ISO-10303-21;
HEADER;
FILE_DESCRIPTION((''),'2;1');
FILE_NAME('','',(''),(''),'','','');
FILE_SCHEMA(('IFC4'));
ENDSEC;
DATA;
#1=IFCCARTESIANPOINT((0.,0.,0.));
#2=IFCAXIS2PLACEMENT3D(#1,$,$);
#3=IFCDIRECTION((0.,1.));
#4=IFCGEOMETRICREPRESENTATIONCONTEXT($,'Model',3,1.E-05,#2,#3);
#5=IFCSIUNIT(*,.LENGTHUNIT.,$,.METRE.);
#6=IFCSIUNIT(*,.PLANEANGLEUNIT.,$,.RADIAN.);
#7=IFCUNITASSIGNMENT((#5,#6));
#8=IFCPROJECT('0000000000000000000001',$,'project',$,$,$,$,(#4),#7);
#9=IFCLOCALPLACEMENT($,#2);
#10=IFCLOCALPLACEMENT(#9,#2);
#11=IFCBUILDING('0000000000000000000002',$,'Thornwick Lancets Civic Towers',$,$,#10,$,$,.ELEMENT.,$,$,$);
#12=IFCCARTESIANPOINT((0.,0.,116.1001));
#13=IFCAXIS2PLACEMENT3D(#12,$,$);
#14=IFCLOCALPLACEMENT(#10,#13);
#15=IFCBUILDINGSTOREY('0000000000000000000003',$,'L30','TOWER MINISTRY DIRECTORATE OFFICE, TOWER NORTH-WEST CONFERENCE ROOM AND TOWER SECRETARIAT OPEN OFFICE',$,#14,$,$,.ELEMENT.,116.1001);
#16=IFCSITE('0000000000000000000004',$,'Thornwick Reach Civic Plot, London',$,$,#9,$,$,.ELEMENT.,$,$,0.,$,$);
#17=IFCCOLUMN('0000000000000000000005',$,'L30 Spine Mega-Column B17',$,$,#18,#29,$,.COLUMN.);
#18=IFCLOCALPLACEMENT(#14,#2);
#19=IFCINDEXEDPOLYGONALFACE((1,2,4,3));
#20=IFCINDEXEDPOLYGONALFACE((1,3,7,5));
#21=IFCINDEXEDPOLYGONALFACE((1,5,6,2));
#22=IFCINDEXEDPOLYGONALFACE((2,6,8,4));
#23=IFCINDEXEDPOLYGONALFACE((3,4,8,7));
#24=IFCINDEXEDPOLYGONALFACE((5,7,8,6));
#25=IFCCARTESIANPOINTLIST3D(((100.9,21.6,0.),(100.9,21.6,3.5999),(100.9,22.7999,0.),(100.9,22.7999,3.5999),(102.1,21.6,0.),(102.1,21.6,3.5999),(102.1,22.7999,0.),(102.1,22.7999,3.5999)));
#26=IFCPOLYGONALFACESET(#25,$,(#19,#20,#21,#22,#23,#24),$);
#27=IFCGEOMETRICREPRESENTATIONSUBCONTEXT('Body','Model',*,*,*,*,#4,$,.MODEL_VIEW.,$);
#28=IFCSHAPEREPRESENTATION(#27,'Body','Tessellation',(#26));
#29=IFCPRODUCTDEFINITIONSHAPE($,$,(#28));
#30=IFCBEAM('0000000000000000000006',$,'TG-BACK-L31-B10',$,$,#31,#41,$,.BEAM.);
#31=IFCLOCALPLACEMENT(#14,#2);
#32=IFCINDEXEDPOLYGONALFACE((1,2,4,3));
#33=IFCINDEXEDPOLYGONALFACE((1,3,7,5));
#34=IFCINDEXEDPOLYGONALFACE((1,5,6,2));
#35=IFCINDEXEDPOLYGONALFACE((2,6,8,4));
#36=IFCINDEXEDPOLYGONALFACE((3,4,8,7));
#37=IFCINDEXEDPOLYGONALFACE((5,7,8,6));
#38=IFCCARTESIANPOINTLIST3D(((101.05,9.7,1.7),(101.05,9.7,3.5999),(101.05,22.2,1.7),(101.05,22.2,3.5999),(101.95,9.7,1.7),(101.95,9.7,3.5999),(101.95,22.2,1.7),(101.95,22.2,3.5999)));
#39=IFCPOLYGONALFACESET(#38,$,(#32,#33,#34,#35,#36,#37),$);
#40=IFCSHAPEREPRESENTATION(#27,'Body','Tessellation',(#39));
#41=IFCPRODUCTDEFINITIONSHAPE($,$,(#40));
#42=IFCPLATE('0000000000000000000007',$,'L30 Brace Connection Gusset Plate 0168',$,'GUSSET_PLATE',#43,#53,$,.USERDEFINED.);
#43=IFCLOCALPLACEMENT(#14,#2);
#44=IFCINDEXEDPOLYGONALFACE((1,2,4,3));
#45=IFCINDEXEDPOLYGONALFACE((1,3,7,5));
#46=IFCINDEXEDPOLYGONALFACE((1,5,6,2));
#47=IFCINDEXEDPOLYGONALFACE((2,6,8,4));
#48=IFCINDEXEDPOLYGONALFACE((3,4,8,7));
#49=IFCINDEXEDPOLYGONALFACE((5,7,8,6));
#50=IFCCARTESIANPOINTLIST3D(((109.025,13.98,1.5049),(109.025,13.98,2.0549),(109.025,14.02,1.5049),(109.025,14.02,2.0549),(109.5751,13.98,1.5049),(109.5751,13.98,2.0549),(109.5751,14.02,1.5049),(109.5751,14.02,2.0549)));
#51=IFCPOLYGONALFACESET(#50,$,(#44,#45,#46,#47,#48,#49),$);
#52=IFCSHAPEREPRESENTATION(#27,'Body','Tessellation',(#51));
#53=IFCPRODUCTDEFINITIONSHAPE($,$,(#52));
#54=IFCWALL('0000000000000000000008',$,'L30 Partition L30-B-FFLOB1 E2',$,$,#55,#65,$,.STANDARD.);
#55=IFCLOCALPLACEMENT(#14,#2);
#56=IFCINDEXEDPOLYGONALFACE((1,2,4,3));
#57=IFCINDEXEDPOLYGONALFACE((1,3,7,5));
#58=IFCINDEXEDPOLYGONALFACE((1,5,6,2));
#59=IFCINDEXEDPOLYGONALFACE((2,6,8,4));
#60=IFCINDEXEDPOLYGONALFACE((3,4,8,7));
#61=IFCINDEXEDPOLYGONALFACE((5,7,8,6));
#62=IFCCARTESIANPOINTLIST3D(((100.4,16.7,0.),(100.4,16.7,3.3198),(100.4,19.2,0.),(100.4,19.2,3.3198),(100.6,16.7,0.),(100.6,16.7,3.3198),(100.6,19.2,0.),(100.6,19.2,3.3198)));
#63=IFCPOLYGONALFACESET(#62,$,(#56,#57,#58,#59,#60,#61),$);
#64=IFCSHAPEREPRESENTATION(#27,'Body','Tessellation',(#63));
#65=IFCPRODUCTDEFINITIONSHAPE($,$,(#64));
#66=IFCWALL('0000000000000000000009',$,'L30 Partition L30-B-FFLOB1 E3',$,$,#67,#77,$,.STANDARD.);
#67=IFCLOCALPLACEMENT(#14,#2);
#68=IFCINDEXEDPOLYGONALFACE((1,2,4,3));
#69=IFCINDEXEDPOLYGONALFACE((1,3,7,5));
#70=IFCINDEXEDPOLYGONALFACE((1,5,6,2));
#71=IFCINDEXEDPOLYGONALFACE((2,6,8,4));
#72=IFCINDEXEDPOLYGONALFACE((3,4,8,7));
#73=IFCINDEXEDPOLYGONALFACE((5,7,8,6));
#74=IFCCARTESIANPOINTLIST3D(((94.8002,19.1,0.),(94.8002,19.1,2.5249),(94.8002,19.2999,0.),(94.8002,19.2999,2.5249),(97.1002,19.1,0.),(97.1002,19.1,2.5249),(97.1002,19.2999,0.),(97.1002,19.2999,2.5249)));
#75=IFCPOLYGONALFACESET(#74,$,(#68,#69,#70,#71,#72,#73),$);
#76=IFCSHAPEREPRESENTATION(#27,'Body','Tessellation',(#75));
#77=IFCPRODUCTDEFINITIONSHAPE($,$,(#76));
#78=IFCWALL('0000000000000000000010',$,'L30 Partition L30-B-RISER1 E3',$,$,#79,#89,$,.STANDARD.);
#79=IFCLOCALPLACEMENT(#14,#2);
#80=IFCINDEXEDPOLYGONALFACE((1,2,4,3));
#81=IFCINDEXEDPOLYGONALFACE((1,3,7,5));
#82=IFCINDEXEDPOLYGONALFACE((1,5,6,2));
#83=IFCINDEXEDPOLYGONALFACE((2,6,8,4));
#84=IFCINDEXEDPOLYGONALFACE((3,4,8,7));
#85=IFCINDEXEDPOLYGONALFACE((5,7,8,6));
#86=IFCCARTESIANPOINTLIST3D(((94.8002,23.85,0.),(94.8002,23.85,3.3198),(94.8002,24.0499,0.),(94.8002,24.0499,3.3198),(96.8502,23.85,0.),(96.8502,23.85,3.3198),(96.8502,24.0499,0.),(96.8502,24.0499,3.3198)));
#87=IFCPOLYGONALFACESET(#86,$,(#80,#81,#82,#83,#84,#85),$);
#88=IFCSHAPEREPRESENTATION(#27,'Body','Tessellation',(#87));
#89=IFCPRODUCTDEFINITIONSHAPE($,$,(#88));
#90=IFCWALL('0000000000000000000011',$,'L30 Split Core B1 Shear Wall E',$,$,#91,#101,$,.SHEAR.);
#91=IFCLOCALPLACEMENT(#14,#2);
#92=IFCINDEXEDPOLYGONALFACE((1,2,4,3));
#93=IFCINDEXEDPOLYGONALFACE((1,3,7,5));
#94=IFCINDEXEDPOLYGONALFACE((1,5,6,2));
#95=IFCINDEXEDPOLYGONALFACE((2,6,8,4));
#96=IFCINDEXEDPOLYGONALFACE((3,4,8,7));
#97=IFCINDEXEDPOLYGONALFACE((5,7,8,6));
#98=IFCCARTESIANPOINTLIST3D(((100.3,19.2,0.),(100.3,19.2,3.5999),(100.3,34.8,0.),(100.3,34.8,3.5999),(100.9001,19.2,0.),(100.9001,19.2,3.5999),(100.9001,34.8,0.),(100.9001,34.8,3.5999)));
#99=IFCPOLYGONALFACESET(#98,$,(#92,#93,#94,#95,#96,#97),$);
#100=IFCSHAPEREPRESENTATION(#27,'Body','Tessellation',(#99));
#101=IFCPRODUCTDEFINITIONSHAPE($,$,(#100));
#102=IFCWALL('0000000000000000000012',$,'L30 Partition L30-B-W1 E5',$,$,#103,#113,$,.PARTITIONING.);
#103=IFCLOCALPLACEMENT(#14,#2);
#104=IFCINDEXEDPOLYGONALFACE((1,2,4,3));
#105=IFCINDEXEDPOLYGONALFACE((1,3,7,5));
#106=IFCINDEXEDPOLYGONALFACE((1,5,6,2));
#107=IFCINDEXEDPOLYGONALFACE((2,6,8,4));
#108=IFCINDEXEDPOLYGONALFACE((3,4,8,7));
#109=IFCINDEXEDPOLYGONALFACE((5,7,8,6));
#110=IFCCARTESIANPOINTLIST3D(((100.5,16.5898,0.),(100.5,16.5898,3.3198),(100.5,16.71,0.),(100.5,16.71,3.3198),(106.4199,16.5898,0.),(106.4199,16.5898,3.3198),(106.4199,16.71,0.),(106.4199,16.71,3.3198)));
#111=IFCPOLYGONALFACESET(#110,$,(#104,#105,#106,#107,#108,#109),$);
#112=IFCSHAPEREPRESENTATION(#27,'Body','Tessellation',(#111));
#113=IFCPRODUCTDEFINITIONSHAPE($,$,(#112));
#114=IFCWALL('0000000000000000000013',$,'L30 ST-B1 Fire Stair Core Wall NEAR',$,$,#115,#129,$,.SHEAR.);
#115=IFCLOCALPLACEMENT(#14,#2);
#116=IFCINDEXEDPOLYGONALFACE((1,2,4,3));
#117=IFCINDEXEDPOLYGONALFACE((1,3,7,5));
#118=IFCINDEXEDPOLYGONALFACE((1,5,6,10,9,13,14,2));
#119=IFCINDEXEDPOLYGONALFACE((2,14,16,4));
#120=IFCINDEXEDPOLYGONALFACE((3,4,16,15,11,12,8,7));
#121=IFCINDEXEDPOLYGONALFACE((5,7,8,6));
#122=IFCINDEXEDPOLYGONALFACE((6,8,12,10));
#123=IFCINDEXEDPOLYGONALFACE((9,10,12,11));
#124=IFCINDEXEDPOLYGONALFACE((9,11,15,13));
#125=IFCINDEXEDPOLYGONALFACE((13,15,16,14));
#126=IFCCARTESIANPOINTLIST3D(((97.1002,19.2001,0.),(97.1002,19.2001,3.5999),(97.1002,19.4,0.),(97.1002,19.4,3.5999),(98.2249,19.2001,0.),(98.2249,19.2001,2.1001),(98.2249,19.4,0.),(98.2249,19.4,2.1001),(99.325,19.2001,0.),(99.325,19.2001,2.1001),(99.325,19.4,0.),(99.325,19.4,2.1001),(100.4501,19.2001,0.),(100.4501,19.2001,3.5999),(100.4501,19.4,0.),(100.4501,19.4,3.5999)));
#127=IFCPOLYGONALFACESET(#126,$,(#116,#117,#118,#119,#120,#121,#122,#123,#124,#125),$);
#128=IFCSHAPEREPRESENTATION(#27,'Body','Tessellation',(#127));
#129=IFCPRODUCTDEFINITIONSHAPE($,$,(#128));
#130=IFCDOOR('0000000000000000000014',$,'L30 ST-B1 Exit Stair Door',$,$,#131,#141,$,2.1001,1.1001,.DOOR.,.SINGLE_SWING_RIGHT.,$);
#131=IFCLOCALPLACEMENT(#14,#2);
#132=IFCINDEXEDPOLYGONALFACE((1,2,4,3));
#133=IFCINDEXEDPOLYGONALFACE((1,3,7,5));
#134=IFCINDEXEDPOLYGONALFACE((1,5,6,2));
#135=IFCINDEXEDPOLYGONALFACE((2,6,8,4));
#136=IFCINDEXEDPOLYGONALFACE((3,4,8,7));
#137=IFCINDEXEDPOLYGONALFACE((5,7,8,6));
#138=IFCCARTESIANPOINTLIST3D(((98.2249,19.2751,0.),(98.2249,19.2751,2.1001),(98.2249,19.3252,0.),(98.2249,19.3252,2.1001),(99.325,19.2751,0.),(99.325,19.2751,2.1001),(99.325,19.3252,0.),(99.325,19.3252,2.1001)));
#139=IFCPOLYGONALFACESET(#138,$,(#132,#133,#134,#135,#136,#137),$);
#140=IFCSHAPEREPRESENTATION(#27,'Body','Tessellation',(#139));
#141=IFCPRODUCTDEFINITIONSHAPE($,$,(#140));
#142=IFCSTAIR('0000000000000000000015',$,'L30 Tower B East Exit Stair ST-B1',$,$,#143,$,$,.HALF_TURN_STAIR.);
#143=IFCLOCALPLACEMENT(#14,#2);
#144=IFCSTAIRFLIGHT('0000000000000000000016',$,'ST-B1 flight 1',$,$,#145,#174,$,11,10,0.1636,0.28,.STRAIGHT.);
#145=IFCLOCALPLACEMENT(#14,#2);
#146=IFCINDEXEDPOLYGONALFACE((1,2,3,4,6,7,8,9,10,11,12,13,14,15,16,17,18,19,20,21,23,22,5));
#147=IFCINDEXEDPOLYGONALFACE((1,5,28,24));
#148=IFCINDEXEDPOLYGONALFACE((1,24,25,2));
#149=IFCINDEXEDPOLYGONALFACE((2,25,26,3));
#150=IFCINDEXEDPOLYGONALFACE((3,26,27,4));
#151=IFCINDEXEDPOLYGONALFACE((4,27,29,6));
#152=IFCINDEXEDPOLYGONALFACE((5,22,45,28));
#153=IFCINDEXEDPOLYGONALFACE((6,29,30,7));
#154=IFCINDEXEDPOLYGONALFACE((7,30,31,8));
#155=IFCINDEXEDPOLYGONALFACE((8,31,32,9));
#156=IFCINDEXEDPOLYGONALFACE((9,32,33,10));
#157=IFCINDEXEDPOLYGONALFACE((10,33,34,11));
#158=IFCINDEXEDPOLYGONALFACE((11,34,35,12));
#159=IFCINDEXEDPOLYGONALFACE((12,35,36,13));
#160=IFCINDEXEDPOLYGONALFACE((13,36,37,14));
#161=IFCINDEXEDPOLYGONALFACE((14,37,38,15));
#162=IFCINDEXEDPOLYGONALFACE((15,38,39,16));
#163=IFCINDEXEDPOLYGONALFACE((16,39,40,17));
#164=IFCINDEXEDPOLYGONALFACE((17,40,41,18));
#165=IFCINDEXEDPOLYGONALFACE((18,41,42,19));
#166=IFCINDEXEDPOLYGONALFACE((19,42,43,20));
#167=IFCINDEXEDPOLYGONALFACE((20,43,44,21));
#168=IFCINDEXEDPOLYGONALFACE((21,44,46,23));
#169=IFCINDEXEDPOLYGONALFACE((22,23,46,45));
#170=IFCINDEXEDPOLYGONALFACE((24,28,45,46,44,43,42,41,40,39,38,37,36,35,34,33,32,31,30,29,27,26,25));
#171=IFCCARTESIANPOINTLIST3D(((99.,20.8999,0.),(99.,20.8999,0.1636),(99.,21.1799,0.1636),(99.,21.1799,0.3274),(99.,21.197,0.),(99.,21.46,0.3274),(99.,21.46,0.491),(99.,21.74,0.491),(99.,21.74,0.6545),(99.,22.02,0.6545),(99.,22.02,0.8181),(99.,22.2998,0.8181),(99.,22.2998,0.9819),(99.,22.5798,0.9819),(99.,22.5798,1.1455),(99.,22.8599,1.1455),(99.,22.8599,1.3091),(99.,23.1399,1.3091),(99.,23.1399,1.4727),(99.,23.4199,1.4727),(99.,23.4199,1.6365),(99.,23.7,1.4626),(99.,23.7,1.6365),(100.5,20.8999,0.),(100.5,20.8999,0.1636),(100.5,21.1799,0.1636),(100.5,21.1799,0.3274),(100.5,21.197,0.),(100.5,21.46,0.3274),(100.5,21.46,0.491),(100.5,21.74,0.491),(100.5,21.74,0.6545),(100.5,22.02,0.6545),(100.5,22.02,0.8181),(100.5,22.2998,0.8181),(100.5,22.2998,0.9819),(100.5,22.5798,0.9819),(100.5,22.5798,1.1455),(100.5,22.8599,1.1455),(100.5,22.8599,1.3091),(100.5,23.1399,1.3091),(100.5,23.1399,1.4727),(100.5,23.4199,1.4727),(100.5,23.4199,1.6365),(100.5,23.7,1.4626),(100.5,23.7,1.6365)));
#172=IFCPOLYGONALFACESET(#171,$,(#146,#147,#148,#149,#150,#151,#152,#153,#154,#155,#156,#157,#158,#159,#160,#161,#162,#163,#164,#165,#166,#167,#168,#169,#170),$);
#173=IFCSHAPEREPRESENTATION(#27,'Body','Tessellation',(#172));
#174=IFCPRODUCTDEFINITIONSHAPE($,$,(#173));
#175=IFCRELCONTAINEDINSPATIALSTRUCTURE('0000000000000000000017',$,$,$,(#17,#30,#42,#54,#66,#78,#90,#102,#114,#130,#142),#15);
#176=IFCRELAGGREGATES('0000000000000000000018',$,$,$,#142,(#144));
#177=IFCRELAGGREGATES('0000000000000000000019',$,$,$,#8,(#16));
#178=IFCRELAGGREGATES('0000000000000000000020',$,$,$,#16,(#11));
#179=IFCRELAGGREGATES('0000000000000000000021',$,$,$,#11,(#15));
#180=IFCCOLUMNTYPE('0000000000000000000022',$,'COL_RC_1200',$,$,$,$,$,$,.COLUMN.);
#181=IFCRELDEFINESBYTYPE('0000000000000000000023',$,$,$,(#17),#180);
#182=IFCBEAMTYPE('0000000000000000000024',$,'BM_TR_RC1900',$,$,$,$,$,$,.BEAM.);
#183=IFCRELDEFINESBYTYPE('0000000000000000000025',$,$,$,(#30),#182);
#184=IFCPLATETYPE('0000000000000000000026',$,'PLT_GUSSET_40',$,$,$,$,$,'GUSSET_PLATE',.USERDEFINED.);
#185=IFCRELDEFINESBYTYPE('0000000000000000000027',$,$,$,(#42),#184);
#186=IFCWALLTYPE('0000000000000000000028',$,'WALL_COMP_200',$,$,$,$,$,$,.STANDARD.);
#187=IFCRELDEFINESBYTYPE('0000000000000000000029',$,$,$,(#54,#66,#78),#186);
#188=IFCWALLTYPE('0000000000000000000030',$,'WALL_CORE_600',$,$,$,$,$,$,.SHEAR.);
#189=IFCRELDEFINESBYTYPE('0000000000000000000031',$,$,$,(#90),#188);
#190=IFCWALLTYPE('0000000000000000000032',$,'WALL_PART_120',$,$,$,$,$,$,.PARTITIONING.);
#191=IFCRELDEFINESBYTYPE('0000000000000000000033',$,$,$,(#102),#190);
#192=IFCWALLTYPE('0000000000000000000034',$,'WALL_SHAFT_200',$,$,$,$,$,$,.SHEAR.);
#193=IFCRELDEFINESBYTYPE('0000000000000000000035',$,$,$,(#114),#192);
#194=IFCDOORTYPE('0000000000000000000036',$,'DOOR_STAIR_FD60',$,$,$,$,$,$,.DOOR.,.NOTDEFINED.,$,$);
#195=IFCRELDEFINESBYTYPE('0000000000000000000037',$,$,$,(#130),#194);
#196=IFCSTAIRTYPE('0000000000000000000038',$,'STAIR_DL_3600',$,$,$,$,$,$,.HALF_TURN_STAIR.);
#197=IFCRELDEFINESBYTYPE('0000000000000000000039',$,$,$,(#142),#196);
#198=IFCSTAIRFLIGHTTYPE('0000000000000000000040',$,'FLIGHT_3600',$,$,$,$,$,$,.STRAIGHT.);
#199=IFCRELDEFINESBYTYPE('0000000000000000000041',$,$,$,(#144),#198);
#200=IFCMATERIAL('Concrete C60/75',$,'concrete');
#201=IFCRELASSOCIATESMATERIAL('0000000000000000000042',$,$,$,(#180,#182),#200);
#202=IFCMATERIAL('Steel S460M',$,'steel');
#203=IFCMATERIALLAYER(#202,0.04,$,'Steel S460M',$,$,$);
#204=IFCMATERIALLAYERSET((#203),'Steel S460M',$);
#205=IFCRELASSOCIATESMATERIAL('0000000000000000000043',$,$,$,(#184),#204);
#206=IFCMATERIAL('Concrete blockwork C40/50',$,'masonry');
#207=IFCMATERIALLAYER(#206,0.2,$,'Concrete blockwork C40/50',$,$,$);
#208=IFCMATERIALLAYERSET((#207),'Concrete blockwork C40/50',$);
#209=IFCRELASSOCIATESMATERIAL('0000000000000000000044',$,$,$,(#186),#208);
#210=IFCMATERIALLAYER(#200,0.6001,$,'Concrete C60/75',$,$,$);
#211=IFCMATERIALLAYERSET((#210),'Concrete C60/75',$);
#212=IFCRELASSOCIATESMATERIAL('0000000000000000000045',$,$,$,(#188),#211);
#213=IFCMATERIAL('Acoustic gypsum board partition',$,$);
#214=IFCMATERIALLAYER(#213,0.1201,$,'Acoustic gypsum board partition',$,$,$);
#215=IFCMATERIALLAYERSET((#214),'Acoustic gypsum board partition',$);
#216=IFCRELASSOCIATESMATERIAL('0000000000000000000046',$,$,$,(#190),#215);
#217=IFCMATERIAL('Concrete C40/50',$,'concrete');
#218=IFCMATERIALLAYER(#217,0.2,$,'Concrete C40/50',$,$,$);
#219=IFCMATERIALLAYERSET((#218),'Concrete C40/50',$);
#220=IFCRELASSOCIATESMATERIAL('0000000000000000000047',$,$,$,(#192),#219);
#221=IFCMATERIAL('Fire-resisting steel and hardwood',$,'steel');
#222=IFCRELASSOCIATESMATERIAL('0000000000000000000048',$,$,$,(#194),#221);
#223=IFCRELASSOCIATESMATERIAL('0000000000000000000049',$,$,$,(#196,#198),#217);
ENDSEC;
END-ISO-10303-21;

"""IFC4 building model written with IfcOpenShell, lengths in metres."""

from ifc_helpers import new_model, si_unit, direction, frame, frame_2d, origin, origin_2d, place, context, subcontext, project, spatial, polyline, rectangle, outline, extrude, material, layer, layer_set, material_profile, profile_set, type_object, element, fill, aggregate, save


model = new_model("IFC4")

# Units and contexts
model_context = context("Model", 3, precision=1e-05, world=origin(), true_north=direction((0.0, 1.0)))
body_context = subcontext(model_context, "Body", "Model", "MODEL_VIEW")
ifc_project = project(units=[si_unit("LENGTHUNIT", "METRE"), si_unit("PLANEANGLEUNIT", "RADIAN")], contexts=[model_context])

# Site, building, storey
site_placement = place(None, origin())
site = spatial("IfcSite", under=ifc_project, at=site_placement, Name="Thornwick Reach Civic Plot, London", CompositionType="ELEMENT", RefElevation=0.0)
building_placement = place(site_placement, origin())
building = spatial("IfcBuilding", under=site, at=building_placement, Name="Thornwick Lancets Civic Towers", CompositionType="ELEMENT")
storey_placement = place(building_placement, frame((0.0, 0.0, 116.1001)))
storey = spatial("IfcBuildingStorey", under=building, at=storey_placement, Name="L30", Description="TOWER MINISTRY DIRECTORATE OFFICE, TOWER NORTH-WEST CONFERENCE ROOM AND TOWER SECRETARIAT OPEN OFFICE", CompositionType="ELEMENT", Elevation=116.1001)

# Column
ifc_material_1 = material(Name="Concrete C60/75", Category="concrete")
ifc_material_profile_1 = material_profile(ifc_material_1, rectangle(XDim=1.2, YDim=1.2, at=origin_2d()), Name="RC 1200x1200")
ifc_profile_set_1 = profile_set([ifc_material_profile_1], Name="Concrete C60/75")
column_type = type_object("IfcColumnType", Name="COL_RC_1200", PredefinedType="COLUMN", material=ifc_profile_set_1)
column_placement = place(storey_placement, frame((101.5, 22.2, 0.0), z_axis=(0.0, 0.0, 1.0), x_axis=(1.0, 0.0, 0.0)))
element("IfcColumn", 1, at=column_placement, inside=storey, type_object=column_type, Name="L30 Spine Mega-Column B17", PredefinedType="COLUMN", context=body_context, shape_type="SweptSolid", body=[
    extrude(rectangle(XDim=1.2, YDim=1.2, at=origin_2d()), origin(), (0.0, 0.0, 1.0), 3.5999),
])

# Beam
ifc_material_profile_2 = material_profile(ifc_material_1, rectangle(XDim=0.8999, YDim=1.8999, at=origin_2d()), Name="RC 900x1900")
ifc_profile_set_2 = profile_set([ifc_material_profile_2], Name="Concrete C60/75")
beam_type = type_object("IfcBeamType", Name="BM_TR_RC1900", PredefinedType="BEAM", material=ifc_profile_set_2)
beam_placement = place(storey_placement, frame((101.5, 22.2, 2.6499), z_axis=(0.0, -1.0, 0.0), x_axis=(1.0, 0.0, 0.0)))
element("IfcBeam", 2, at=beam_placement, inside=storey, type_object=beam_type, Name="TG-BACK-L31-B10", PredefinedType="BEAM", context=body_context, shape_type="SweptSolid", body=[
    extrude(rectangle(XDim=0.8999, YDim=1.8999, at=origin_2d()), origin(), (0.0, 0.0, 1.0), 12.5),
])

# Plate
ifc_material_2 = material(Name="Steel S460M", Category="steel")
ifc_layer_1 = layer(ifc_material_2, 0.04, Name="Steel S460M")
ifc_layer_set_1 = layer_set([ifc_layer_1], Name="Steel S460M")
plate_type = type_object("IfcPlateType", Name="PLT_GUSSET_40", ElementType="GUSSET_PLATE", PredefinedType="USERDEFINED", material=ifc_layer_set_1)
plate_placement = place(storey_placement, frame((109.3, 14.0, 1.5049), z_axis=(0.0, 0.0, 1.0), x_axis=(1.0, 0.0, 0.0)))
element("IfcPlate", 3, at=plate_placement, inside=storey, type_object=plate_type, Name="L30 Brace Connection Gusset Plate 0168", ObjectType="GUSSET_PLATE", PredefinedType="USERDEFINED", context=body_context, shape_type="SweptSolid", body=[
    extrude(rectangle(XDim=0.55, YDim=0.04, at=origin_2d()), origin(), (0.0, 0.0, 1.0), 0.55),
])

# Walls
ifc_material_3 = material(Name="Concrete blockwork C40/50", Category="masonry")
ifc_layer_2 = layer(ifc_material_3, 0.2, Name="Concrete blockwork C40/50")
ifc_layer_set_2 = layer_set([ifc_layer_2], Name="Concrete blockwork C40/50")
wall_type_1 = type_object("IfcWallType", Name="WALL_COMP_200", PredefinedType="STANDARD", material=ifc_layer_set_2)
wall_1_placement = place(storey_placement, frame((100.5, 16.7, 0.0), z_axis=(0.0, 0.0, 1.0), x_axis=(0.0, 1.0, 0.0)))
element("IfcWall", 4, at=wall_1_placement, inside=storey, type_object=wall_type_1, Name="L30 Partition L30-B-FFLOB1 E2", PredefinedType="STANDARD", context=body_context, shape_type="SweptSolid", body=[
    extrude(rectangle(XDim=2.5, YDim=0.2, at=frame_2d((1.25, 0.0))), origin(), (0.0, 0.0, 1.0), 3.3198),
])
wall_2_placement = place(storey_placement, frame((97.1001, 19.2, 0.0), z_axis=(0.0, 0.0, 1.0), x_axis=(-1.0, 0.0, 0.0)))
element("IfcWall", 5, at=wall_2_placement, inside=storey, type_object=wall_type_1, Name="L30 Partition L30-B-FFLOB1 E3", PredefinedType="STANDARD", context=body_context, shape_type="SweptSolid", body=[
    extrude(rectangle(XDim=2.3, YDim=0.2, at=frame_2d((1.1499, 0.0))), origin(), (0.0, 0.0, 1.0), 2.5249),
])
wall_3_placement = place(storey_placement, frame((96.8501, 23.95, 0.0), z_axis=(0.0, 0.0, 1.0), x_axis=(-1.0, 0.0, 0.0)))
element("IfcWall", 6, at=wall_3_placement, inside=storey, type_object=wall_type_1, Name="L30 Partition L30-B-RISER1 E3", PredefinedType="STANDARD", context=body_context, shape_type="SweptSolid", body=[
    extrude(rectangle(XDim=2.05, YDim=0.2, at=frame_2d((1.0249, 0.0))), origin(), (0.0, 0.0, 1.0), 3.3198),
])
ifc_layer_3 = layer(ifc_material_1, 0.6001, Name="Concrete C60/75")
ifc_layer_set_3 = layer_set([ifc_layer_3], Name="Concrete C60/75")
wall_type_2 = type_object("IfcWallType", Name="WALL_CORE_600", PredefinedType="SHEAR", material=ifc_layer_set_3)
wall_4_placement = place(storey_placement, frame((100.6001, 19.2, 0.0), z_axis=(0.0, 0.0, 1.0), x_axis=(0.0, 1.0, 0.0)))
element("IfcWall", 7, at=wall_4_placement, inside=storey, type_object=wall_type_2, Name="L30 Split Core B1 Shear Wall E", PredefinedType="SHEAR", context=body_context, shape_type="SweptSolid", body=[
    extrude(rectangle(XDim=15.6001, YDim=0.6001, at=frame_2d((7.8, 0.0))), origin(), (0.0, 0.0, 1.0), 3.5999),
])
ifc_material_4 = material(Name="Acoustic gypsum board partition")
ifc_layer_4 = layer(ifc_material_4, 0.1201, Name="Acoustic gypsum board partition")
ifc_layer_set_4 = layer_set([ifc_layer_4], Name="Acoustic gypsum board partition")
wall_type_3 = type_object("IfcWallType", Name="WALL_PART_120", PredefinedType="PARTITIONING", material=ifc_layer_set_4)
wall_5_placement = place(storey_placement, frame((100.5, 16.6499, 0.0), z_axis=(0.0, 0.0, 1.0), x_axis=(1.0, 0.0, 0.0)))
element("IfcWall", 8, at=wall_5_placement, inside=storey, type_object=wall_type_3, Name="L30 Partition L30-B-W1 E5", PredefinedType="PARTITIONING", context=body_context, shape_type="SweptSolid", body=[
    extrude(rectangle(XDim=5.9199, YDim=0.1201, at=frame_2d((2.96, 0.0))), origin(), (0.0, 0.0, 1.0), 3.3198),
])

# Wall, opening, door
ifc_material_5 = material(Name="Concrete C40/50", Category="concrete")
ifc_layer_5 = layer(ifc_material_5, 0.2, Name="Concrete C40/50")
ifc_layer_set_5 = layer_set([ifc_layer_5], Name="Concrete C40/50")
wall_type_4 = type_object("IfcWallType", Name="WALL_SHAFT_200", PredefinedType="SHEAR", material=ifc_layer_set_5)
wall_6_placement = place(storey_placement, frame((100.45, 19.3, 0.0), z_axis=(0.0, 0.0, 1.0), x_axis=(-1.0, 0.0, 0.0)))
wall_6 = element("IfcWall", 9, at=wall_6_placement, inside=storey, type_object=wall_type_4, Name="L30 ST-B1 Fire Stair Core Wall NEAR", PredefinedType="SHEAR", context=body_context, shape_type="SweptSolid", body=[
    extrude(rectangle(XDim=3.3499, YDim=0.2, at=frame_2d((1.6748, 0.0))), origin(), (0.0, 0.0, 1.0), 3.5999),
])
opening_placement = place(wall_6_placement, frame((1.125, 0.0, 0.0)))
opening = element("IfcOpeningElement", 10, at=opening_placement, cuts=wall_6, PredefinedType="OPENING", context=body_context, shape_type="SweptSolid", body=[
    extrude(rectangle(XDim=1.1001, YDim=2.1001, at=frame_2d((0.55, 1.05))), frame((0.0, 0.1099, 0.0), z_axis=(0.0, -1.0, 0.0), x_axis=(1.0, 0.0, 0.0)), (0.0, 0.0, 1.0), 0.22),
])
ifc_material_6 = material(Name="Fire-resisting steel and hardwood", Category="steel")
door_type = type_object("IfcDoorType", Name="DOOR_STAIR_FD60", OperationType="NOTDEFINED", PredefinedType="DOOR", material=ifc_material_6)
door_placement = place(opening_placement, origin())
door = element("IfcDoor", 11, at=door_placement, inside=storey, type_object=door_type, Name="L30 ST-B1 Exit Stair Door", OperationType="SINGLE_SWING_RIGHT", OverallHeight=2.1001, OverallWidth=1.1001, PredefinedType="DOOR", context=body_context, shape_type="SweptSolid", body=[
    extrude(rectangle(XDim=1.1001, YDim=2.1001, at=frame_2d((0.55, 1.05))), frame((0.0, 0.0249, 0.0), z_axis=(0.0, -1.0, 0.0), x_axis=(1.0, 0.0, 0.0)), (0.0, 0.0, 1.0), 0.05),
])
fill(opening, door)

# Stair, stair flight
stair_type = type_object("IfcStairType", Name="STAIR_DL_3600", PredefinedType="HALF_TURN_STAIR", material=ifc_material_5)
stair_placement = place(storey_placement, origin())
stair = element("IfcStair", 12, at=stair_placement, inside=storey, type_object=stair_type, Name="L30 Tower B East Exit Stair ST-B1", PredefinedType="HALF_TURN_STAIR")
stair_flight_type = type_object("IfcStairFlightType", Name="FLIGHT_3600", PredefinedType="STRAIGHT", material=ifc_material_5)
stair_flight_1_placement = place(storey_placement, frame((99.75, 20.8999, 0.0), z_axis=(0.0, 0.0, 1.0), x_axis=(0.0, 1.0, 0.0)))
stair_flight_1 = element("IfcStairFlight", 13, at=stair_flight_1_placement, type_object=stair_flight_type, Name="ST-B1 flight 1", NumberOfRisers=11, NumberOfTreads=10, PredefinedType="STRAIGHT", RiserHeight=0.1636, TreadLength=0.28, context=body_context, shape_type="SweptSolid", body=[
    extrude(outline(polyline([(0.0, 0.0), (0.0, 0.1636), (0.28, 0.1636), (0.28, 0.3274), (0.5601, 0.3274), (0.5601, 0.491), (0.8401, 0.491), (0.8401, 0.6545), (1.1201, 0.6545), (1.1201, 0.8181), (1.3999, 0.8181), (1.3999, 0.9819), (1.6799, 0.9819), (1.6799, 1.1455), (1.96, 1.1455), (1.96, 1.3091), (2.24, 1.3091), (2.24, 1.4727), (2.52, 1.4727), (2.52, 1.6365), (2.8, 1.6365), (2.8, 1.8), (2.8, 1.4626), (0.2971, 0.0), (0.0, 0.0)])), frame((0.0, 0.75, 0.0), z_axis=(0.0, -1.0, 0.0), x_axis=(1.0, 0.0, 0.0)), (0.0, 0.0, 1.0), 1.5),
])
aggregate(stair, [stair_flight_1])

save(model, "model.ifc")
